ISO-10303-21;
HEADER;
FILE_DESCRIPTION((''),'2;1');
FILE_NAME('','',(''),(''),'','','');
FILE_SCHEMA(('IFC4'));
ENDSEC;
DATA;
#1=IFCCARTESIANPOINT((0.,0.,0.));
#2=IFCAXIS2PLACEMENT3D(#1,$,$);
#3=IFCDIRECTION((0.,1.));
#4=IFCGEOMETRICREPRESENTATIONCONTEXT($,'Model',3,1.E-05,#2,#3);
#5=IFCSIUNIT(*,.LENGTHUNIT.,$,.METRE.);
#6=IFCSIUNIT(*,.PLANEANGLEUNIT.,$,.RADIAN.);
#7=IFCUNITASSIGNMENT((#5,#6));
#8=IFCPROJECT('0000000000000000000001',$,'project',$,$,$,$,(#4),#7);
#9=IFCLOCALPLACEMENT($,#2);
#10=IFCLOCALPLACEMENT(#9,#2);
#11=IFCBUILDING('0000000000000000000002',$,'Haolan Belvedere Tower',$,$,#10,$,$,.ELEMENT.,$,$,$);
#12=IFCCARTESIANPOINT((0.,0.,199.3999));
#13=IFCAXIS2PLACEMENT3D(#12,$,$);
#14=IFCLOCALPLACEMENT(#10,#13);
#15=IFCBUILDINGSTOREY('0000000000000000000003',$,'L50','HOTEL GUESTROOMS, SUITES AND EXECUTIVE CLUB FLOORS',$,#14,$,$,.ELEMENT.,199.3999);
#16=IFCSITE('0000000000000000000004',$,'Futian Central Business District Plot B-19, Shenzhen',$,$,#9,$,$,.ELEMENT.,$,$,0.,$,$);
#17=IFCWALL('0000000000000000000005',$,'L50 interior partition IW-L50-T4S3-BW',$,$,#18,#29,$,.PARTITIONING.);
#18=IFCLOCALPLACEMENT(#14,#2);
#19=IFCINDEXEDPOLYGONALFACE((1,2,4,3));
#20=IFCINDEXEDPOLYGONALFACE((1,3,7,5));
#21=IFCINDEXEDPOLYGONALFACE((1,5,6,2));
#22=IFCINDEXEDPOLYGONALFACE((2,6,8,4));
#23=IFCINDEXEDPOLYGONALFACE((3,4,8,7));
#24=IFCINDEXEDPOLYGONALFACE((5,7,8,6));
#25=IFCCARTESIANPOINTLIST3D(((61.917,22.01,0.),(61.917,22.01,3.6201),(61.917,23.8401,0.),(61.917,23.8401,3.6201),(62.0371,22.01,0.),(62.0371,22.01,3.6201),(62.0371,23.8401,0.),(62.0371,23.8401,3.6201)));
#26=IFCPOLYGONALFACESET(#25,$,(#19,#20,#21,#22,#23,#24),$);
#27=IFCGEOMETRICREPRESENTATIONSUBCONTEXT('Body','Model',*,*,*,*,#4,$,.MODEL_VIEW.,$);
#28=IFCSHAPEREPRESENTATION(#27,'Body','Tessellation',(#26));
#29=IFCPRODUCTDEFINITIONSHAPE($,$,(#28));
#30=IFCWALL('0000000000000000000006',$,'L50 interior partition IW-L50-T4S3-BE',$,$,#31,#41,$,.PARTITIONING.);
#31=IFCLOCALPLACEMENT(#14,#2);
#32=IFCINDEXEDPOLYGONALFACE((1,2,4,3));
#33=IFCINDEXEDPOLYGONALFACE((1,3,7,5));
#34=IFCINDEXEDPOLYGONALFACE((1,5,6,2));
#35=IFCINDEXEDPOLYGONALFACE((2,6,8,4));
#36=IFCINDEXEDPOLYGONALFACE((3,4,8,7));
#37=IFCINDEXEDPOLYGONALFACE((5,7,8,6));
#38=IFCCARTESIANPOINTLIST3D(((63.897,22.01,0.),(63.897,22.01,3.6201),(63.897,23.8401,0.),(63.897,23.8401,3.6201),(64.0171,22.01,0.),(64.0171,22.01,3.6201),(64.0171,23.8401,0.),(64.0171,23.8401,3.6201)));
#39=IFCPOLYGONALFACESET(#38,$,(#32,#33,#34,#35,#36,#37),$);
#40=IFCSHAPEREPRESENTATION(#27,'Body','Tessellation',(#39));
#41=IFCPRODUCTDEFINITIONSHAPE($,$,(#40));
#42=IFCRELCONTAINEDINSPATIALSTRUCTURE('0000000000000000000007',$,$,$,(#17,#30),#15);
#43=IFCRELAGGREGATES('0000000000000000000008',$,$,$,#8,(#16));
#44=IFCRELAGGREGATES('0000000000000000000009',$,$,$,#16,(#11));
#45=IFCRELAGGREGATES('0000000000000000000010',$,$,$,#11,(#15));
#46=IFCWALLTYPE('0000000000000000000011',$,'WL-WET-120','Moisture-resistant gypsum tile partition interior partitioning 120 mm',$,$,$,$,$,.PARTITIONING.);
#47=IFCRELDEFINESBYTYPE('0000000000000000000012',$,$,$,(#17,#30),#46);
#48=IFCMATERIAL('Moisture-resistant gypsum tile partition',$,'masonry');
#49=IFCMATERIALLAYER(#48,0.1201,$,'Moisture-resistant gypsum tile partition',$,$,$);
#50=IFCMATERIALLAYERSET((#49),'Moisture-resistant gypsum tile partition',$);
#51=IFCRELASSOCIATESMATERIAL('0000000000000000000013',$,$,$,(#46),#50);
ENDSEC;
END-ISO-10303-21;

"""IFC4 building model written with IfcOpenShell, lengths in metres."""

from ifc_helpers import new_model, si_unit, direction, frame, frame_2d, origin, place, context, subcontext, project, spatial, rectangle, extrude, material, layer, layer_set, type_object, element, save


model = new_model("IFC4")

# Units and contexts
model_context = context("Model", 3, precision=1e-05, world=origin(), true_north=direction((0.0, 1.0)))
body_context = subcontext(model_context, "Body", "Model", "MODEL_VIEW")
ifc_project = project(units=[si_unit("LENGTHUNIT", "METRE"), si_unit("PLANEANGLEUNIT", "RADIAN")], contexts=[model_context])

# Site, building, storey
site_placement = place(None, origin())
site = spatial("IfcSite", under=ifc_project, at=site_placement, Name="Futian Central Business District Plot B-19, Shenzhen", CompositionType="ELEMENT", RefElevation=0.0)
building_placement = place(site_placement, origin())
building = spatial("IfcBuilding", under=site, at=building_placement, Name="Haolan Belvedere Tower", CompositionType="ELEMENT")
storey_placement = place(building_placement, frame((0.0, 0.0, 199.3999)))
storey = spatial("IfcBuildingStorey", under=building, at=storey_placement, Name="L50", Description="HOTEL GUESTROOMS, SUITES AND EXECUTIVE CLUB FLOORS", CompositionType="ELEMENT", Elevation=199.3999)

# Shared definitions
ifc_material_1 = material(Name="Moisture-resistant gypsum tile partition", Category="masonry")
ifc_layer_1 = layer(ifc_material_1, 0.1201, Name="Moisture-resistant gypsum tile partition")
ifc_layer_set_1 = layer_set([ifc_layer_1], Name="Moisture-resistant gypsum tile partition")
wall_type_1 = type_object("IfcWallType", Name="WL-WET-120", Description="Moisture-resistant gypsum tile partition interior partitioning 120 mm", PredefinedType="PARTITIONING", material=ifc_layer_set_1)

# Walls
for number, where, z_axis, x_axis, name in (
    (1, (61.9771, 22.01, 0.0), (0.0, 0.0, 1.0), (0.0, 1.0, 0.0), "L50 interior partition IW-L50-T4S3-BW"),
    (2, (63.957, 22.01, 0.0), (0.0, 0.0, 1.0), (0.0, 1.0, 0.0), "L50 interior partition IW-L50-T4S3-BE"),
):
    element("IfcWall", number, at=place(storey_placement, frame(where, z_axis=z_axis, x_axis=x_axis)), inside=storey, type_object=wall_type_1, Name=name, PredefinedType="PARTITIONING", context=body_context, shape_type="SweptSolid", body=[
        extrude(rectangle(XDim=1.8301, YDim=0.1201, at=frame_2d((0.915, 0.0))), origin(), (0.0, 0.0, 1.0), 3.6201),
    ])

save(model, "model.ifc")
